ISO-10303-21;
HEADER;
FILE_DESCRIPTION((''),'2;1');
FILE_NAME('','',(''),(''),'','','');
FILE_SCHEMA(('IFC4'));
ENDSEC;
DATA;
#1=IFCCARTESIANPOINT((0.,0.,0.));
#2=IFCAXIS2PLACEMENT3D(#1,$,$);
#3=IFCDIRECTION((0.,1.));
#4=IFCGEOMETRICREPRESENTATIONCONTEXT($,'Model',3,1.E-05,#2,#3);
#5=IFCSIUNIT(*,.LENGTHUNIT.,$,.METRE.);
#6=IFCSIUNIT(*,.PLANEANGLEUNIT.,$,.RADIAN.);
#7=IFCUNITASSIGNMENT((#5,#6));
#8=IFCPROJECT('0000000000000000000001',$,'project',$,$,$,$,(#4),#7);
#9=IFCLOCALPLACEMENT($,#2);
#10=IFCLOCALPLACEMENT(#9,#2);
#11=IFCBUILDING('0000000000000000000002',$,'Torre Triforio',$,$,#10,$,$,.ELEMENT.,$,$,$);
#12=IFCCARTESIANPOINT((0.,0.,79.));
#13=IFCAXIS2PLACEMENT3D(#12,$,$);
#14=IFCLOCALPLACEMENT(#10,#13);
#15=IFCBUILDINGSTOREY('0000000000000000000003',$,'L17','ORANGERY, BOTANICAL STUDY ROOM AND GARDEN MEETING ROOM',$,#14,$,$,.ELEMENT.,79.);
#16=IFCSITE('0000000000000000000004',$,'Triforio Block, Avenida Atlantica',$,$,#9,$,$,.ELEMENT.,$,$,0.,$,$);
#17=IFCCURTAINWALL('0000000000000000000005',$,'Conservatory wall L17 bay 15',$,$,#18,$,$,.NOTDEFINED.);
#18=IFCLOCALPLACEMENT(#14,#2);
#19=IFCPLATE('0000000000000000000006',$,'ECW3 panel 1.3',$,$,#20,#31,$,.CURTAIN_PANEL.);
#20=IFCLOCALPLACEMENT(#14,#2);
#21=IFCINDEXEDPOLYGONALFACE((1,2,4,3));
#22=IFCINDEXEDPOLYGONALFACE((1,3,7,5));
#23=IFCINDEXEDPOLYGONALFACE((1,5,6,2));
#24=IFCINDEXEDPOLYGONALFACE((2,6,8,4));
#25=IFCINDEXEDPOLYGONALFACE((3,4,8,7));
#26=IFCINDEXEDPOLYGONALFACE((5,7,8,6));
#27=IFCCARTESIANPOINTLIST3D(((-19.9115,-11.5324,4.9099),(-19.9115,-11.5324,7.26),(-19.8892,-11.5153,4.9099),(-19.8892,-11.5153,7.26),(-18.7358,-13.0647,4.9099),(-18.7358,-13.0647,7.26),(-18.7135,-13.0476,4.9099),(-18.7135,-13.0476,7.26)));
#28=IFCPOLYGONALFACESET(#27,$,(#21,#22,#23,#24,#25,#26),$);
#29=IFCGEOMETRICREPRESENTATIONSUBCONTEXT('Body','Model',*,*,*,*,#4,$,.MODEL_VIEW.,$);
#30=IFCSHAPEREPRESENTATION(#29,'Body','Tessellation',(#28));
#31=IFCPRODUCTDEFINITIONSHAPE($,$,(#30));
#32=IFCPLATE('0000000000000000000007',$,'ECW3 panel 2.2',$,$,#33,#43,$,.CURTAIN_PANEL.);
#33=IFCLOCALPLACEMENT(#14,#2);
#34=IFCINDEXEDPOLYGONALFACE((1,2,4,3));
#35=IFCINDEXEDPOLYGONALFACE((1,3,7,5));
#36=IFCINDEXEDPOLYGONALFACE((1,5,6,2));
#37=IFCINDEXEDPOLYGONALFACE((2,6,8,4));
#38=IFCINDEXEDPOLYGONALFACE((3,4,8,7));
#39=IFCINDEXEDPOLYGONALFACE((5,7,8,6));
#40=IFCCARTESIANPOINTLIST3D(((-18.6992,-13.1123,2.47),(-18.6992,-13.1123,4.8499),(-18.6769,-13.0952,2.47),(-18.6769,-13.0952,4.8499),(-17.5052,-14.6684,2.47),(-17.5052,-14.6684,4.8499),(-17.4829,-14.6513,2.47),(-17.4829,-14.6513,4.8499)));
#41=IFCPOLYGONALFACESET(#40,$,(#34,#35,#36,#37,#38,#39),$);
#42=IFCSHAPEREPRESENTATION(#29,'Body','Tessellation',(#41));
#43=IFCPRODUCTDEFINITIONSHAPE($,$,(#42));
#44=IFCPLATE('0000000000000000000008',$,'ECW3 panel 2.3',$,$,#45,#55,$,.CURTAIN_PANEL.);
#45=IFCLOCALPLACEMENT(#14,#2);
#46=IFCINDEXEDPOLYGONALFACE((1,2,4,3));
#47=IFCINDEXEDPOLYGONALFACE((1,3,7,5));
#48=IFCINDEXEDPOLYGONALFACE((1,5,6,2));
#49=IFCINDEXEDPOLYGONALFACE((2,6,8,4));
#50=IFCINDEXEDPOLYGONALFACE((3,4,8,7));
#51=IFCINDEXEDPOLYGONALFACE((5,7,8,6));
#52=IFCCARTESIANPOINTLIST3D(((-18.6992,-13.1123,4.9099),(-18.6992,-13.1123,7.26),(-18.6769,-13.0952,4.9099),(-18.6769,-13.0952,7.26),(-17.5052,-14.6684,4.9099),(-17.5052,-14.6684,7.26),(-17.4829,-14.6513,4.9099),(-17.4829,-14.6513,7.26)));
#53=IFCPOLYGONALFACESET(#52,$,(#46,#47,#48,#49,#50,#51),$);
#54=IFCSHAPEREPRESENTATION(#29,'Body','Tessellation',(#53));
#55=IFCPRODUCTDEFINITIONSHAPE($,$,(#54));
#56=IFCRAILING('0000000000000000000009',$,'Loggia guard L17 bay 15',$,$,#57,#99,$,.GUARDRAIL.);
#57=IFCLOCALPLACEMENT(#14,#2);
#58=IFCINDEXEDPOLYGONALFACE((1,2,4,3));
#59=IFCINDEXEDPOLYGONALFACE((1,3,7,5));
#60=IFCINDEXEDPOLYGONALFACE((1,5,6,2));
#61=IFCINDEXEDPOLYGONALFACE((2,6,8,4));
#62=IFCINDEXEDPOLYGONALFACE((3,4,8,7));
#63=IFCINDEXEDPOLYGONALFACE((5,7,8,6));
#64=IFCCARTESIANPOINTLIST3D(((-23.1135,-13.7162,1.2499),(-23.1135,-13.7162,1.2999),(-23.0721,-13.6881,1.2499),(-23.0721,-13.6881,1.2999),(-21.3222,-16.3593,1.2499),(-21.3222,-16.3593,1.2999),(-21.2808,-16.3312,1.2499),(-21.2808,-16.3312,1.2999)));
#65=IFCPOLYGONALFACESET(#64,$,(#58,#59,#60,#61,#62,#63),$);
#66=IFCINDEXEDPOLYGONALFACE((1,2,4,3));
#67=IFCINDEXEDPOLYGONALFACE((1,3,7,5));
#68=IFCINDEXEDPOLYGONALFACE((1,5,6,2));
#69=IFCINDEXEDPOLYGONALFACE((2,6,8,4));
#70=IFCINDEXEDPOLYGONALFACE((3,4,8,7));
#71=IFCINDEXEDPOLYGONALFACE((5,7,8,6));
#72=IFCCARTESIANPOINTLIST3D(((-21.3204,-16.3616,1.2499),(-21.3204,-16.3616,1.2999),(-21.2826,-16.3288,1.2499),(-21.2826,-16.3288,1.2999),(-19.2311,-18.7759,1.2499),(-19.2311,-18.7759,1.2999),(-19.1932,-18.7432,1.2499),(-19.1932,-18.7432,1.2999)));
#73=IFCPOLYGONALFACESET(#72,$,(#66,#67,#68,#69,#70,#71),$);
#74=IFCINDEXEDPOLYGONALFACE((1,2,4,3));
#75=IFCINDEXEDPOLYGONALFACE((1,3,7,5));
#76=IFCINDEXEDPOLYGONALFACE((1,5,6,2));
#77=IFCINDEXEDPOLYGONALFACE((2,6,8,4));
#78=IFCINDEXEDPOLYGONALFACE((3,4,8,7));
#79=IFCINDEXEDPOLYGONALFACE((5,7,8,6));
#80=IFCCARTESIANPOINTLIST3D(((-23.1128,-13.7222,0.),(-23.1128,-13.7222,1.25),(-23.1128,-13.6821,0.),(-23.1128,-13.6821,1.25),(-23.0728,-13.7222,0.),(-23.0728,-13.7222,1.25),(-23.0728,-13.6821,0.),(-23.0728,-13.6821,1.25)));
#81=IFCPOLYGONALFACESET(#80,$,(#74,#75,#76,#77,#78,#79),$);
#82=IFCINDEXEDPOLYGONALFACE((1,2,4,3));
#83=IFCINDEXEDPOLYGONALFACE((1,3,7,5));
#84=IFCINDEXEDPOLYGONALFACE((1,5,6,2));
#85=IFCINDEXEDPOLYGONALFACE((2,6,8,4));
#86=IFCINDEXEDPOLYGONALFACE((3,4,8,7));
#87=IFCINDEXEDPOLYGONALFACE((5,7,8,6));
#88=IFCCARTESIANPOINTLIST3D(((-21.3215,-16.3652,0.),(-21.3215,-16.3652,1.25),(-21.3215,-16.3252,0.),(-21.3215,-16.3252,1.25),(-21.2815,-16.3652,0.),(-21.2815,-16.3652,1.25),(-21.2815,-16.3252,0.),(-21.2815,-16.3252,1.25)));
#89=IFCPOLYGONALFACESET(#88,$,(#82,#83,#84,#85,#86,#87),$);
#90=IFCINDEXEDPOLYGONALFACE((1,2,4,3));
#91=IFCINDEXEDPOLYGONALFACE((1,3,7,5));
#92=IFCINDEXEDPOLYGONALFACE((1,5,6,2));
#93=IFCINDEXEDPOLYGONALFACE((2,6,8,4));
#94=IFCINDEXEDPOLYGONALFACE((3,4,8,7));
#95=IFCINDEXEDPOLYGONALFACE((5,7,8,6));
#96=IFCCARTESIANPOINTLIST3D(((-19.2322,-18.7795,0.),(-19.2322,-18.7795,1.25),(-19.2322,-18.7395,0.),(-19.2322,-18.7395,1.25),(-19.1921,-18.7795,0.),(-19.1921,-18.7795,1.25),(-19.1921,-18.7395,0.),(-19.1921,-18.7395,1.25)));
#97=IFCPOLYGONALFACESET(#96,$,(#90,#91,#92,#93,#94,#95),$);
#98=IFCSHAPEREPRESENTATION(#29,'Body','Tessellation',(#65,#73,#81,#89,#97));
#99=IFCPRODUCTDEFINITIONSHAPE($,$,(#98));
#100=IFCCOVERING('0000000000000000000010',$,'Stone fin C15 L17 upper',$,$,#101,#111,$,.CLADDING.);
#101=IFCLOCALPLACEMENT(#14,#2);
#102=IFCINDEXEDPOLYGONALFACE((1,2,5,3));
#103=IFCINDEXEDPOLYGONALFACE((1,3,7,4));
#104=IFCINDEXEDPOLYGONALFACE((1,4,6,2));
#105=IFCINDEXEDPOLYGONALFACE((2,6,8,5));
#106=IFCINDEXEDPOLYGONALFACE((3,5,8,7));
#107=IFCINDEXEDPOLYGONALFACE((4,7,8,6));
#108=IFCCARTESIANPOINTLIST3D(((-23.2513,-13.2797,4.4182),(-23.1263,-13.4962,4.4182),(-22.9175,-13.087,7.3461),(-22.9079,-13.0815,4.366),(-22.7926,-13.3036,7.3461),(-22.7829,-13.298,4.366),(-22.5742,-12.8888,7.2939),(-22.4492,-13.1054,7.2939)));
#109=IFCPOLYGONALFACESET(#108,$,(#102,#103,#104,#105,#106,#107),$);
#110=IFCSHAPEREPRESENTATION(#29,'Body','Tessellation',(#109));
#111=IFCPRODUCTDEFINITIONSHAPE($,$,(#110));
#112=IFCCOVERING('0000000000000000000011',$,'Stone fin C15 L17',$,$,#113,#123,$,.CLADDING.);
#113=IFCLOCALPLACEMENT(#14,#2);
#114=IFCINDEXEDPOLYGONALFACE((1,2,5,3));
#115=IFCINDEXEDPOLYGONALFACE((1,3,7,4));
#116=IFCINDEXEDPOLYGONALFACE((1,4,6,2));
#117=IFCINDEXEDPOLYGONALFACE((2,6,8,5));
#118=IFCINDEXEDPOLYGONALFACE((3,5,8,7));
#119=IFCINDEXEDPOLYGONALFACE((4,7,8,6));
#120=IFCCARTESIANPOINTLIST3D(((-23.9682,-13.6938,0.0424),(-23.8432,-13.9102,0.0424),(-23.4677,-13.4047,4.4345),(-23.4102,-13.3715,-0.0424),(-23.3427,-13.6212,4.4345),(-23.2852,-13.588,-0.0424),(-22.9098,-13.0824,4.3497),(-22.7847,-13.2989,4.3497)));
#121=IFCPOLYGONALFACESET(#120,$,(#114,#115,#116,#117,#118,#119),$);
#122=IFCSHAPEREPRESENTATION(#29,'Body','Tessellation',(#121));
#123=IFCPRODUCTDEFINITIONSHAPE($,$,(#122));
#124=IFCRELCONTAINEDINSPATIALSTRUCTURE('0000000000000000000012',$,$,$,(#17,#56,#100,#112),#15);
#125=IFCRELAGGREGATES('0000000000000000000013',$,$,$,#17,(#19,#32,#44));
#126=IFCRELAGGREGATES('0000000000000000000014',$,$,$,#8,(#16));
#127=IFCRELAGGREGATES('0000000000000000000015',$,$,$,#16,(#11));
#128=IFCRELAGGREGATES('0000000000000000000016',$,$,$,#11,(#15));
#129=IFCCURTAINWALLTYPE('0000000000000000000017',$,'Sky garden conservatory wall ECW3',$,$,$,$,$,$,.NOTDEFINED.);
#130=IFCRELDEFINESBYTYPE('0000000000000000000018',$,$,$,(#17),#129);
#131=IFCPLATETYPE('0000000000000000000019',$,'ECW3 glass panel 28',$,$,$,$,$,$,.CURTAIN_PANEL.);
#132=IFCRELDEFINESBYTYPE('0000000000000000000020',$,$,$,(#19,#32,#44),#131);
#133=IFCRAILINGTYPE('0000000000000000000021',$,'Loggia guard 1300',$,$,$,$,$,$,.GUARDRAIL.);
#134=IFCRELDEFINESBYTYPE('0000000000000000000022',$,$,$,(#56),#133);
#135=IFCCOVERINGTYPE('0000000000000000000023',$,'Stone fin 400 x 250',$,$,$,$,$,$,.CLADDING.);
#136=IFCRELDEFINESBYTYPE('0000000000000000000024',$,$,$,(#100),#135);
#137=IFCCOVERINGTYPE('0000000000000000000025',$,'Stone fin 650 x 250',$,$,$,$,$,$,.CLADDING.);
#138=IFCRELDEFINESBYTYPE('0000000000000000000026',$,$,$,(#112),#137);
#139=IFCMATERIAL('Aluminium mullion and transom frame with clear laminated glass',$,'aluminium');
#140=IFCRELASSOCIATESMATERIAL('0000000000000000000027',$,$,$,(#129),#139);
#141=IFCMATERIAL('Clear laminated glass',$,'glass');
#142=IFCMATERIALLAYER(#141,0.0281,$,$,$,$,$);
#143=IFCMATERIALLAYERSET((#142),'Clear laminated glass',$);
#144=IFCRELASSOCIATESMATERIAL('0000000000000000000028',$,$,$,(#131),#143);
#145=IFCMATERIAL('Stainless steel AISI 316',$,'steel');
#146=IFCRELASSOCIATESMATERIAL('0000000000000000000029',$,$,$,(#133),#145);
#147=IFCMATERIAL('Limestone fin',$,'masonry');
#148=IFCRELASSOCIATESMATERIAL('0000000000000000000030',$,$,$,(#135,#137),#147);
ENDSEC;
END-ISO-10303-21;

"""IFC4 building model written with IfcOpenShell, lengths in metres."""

from ifc_helpers import new_model, si_unit, direction, frame, origin, origin_2d, place, context, subcontext, project, spatial, rectangle, extrude, material, layer, layer_set, material_profile, profile_set, type_object, element, aggregate, save


model = new_model("IFC4")

# Units and contexts
model_context = context("Model", 3, precision=1e-05, world=origin(), true_north=direction((0.0, 1.0)))
body_context = subcontext(model_context, "Body", "Model", "MODEL_VIEW")
ifc_project = project(units=[si_unit("LENGTHUNIT", "METRE"), si_unit("PLANEANGLEUNIT", "RADIAN")], contexts=[model_context])

# Site, building, storey
site_placement = place(None, origin())
site = spatial("IfcSite", under=ifc_project, at=site_placement, Name="Triforio Block, Avenida Atlantica", CompositionType="ELEMENT", RefElevation=0.0)
building_placement = place(site_placement, origin())
building = spatial("IfcBuilding", under=site, at=building_placement, Name="Torre Triforio", CompositionType="ELEMENT")
storey_placement = place(building_placement, frame((0.0, 0.0, 79.0)))
storey = spatial("IfcBuildingStorey", under=building, at=storey_placement, Name="L17", Description="ORANGERY, BOTANICAL STUDY ROOM AND GARDEN MEETING ROOM", CompositionType="ELEMENT", Elevation=79.0)

# Curtain wall
ifc_material_1 = material(Name="Aluminium mullion and transom frame with clear laminated glass", Category="aluminium")
curtain_wall_type = type_object("IfcCurtainWallType", Name="Sky garden conservatory wall ECW3", PredefinedType="NOTDEFINED", material=ifc_material_1)
curtain_wall_placement = place(storey_placement, origin())
curtain_wall = element("IfcCurtainWall", 1, at=curtain_wall_placement, inside=storey, type_object=curtain_wall_type, Name="Conservatory wall L17 bay 15", PredefinedType="NOTDEFINED")

# Plates
ifc_material_2 = material(Name="Clear laminated glass", Category="glass")
ifc_layer = layer(ifc_material_2, 0.0281)
ifc_layer_set = layer_set([ifc_layer], Name="Clear laminated glass")
plate_type = type_object("IfcPlateType", Name="ECW3 glass panel 28", PredefinedType="CURTAIN_PANEL", material=ifc_layer_set)
plate_1_placement = place(storey_placement, frame((-19.3125, -12.29, 4.9099), z_axis=(0.0, 0.0, 1.0), x_axis=(0.608752, -0.79336, 0.0)))
plate_1 = element("IfcPlate", 2, at=plate_1_placement, type_object=plate_type, Name="ECW3 panel 1.3", PredefinedType="CURTAIN_PANEL", context=body_context, shape_type="SweptSolid", body=[
    extrude(rectangle(XDim=1.9314, YDim=0.0281, at=origin_2d()), origin(), (0.0, 0.0, 1.0), 2.3501),
])
plate_2_placement = place(storey_placement, frame((-18.0911, -13.8818, 2.47), z_axis=(0.0, 0.0, 1.0), x_axis=(0.608752, -0.79336, 0.0)))
plate_2 = element("IfcPlate", 3, at=plate_2_placement, type_object=plate_type, Name="ECW3 panel 2.2", PredefinedType="CURTAIN_PANEL", context=body_context, shape_type="SweptSolid", body=[
    extrude(rectangle(XDim=1.9614, YDim=0.0281, at=origin_2d()), origin(), (0.0, 0.0, 1.0), 2.3799),
])
plate_3_placement = place(storey_placement, frame((-18.0911, -13.8818, 4.9099), z_axis=(0.0, 0.0, 1.0), x_axis=(0.608752, -0.79336, 0.0)))
plate_3 = element("IfcPlate", 4, at=plate_3_placement, type_object=plate_type, Name="ECW3 panel 2.3", PredefinedType="CURTAIN_PANEL", context=body_context, shape_type="SweptSolid", body=[
    extrude(rectangle(XDim=1.9614, YDim=0.0281, at=origin_2d()), origin(), (0.0, 0.0, 1.0), 2.3501),
])
aggregate(curtain_wall, [plate_1, plate_2, plate_3])

# Railing
ifc_material_3 = material(Name="Stainless steel AISI 316", Category="steel")
railing_type = type_object("IfcRailingType", Name="Loggia guard 1300", PredefinedType="GUARDRAIL", material=ifc_material_3)
railing_placement = place(storey_placement, frame((-23.0928, -13.7021, 0.0)))
element("IfcRailing", 5, at=railing_placement, inside=storey, type_object=railing_type, Name="Loggia guard L17 bay 15", PredefinedType="GUARDRAIL", context=body_context, shape_type="SweptSolid", body=[
    extrude(rectangle(XDim=0.05, YDim=0.05, at=origin_2d()), frame((0.0, 0.0, 1.2749), z_axis=(0.561019, -0.827803, 0.0), x_axis=(0.827803, 0.561019, 0.0)), (0.0, 0.0, 1.0), 3.1929),
    extrude(rectangle(XDim=0.05, YDim=0.05, at=origin_2d()), frame((1.7913, -2.6431, 1.2749), z_axis=(0.654386, -0.756161, 0.0), x_axis=(0.756161, 0.654386, 0.0)), (0.0, 0.0, 1.0), 3.1929),
    extrude(rectangle(XDim=0.04, YDim=0.04, at=origin_2d()), origin(), (0.0, 0.0, 1.0), 1.25),
    extrude(rectangle(XDim=0.04, YDim=0.04, at=origin_2d()), frame((1.7913, -2.6431, 0.0)), (0.0, 0.0, 1.0), 1.25),
    extrude(rectangle(XDim=0.04, YDim=0.04, at=origin_2d()), frame((3.8806, -5.0574, 0.0)), (0.0, 0.0, 1.0), 1.25),
])

# Coverings
ifc_material_4 = material(Name="Limestone fin", Category="masonry")
ifc_material_profile_1 = material_profile(ifc_material_4, rectangle(XDim=0.3999, YDim=0.25, at=origin_2d()), Name="FIN 400x250")
ifc_profile_set_1 = profile_set([ifc_material_profile_1], Name="Limestone fin")
covering_type_1 = type_object("IfcCoveringType", Name="Stone fin 400 x 250", PredefinedType="CLADDING", material=ifc_profile_set_1)
covering_1_placement = place(storey_placement, frame((-23.0171, -13.2888, 4.3921), z_axis=(0.113009, 0.065226, 0.991451), x_axis=(-0.858686, -0.495613, 0.130481)))
element("IfcCovering", 6, at=covering_1_placement, inside=storey, type_object=covering_type_1, Name="Stone fin C15 L17 upper", PredefinedType="CLADDING", context=body_context, shape_type="SweptSolid", body=[
    extrude(rectangle(XDim=0.3999, YDim=0.25, at=origin_2d()), origin(), (0.0, 0.0, 1.0), 2.9531),
])
ifc_material_profile_2 = material_profile(ifc_material_4, rectangle(XDim=0.6499, YDim=0.25, at=origin_2d()), Name="FIN 650x250")
ifc_profile_set_2 = profile_set([ifc_material_profile_2], Name="Limestone fin")
covering_type_2 = type_object("IfcCoveringType", Name="Stone fin 650 x 250", PredefinedType="CLADDING", material=ifc_profile_set_2)
covering_2_placement = place(storey_placement, frame((-23.6267, -13.6409, 0.0), z_axis=(0.112978, 0.065252, 0.991453), x_axis=(-0.858545, -0.495862, 0.130468)))
element("IfcCovering", 7, at=covering_2_placement, inside=storey, type_object=covering_type_2, Name="Stone fin C15 L17", PredefinedType="CLADDING", context=body_context, shape_type="SweptSolid", body=[
    extrude(rectangle(XDim=0.6499, YDim=0.25, at=origin_2d()), origin(), (0.0, 0.0, 1.0), 4.4299),
])

save(model, "model.ifc")
